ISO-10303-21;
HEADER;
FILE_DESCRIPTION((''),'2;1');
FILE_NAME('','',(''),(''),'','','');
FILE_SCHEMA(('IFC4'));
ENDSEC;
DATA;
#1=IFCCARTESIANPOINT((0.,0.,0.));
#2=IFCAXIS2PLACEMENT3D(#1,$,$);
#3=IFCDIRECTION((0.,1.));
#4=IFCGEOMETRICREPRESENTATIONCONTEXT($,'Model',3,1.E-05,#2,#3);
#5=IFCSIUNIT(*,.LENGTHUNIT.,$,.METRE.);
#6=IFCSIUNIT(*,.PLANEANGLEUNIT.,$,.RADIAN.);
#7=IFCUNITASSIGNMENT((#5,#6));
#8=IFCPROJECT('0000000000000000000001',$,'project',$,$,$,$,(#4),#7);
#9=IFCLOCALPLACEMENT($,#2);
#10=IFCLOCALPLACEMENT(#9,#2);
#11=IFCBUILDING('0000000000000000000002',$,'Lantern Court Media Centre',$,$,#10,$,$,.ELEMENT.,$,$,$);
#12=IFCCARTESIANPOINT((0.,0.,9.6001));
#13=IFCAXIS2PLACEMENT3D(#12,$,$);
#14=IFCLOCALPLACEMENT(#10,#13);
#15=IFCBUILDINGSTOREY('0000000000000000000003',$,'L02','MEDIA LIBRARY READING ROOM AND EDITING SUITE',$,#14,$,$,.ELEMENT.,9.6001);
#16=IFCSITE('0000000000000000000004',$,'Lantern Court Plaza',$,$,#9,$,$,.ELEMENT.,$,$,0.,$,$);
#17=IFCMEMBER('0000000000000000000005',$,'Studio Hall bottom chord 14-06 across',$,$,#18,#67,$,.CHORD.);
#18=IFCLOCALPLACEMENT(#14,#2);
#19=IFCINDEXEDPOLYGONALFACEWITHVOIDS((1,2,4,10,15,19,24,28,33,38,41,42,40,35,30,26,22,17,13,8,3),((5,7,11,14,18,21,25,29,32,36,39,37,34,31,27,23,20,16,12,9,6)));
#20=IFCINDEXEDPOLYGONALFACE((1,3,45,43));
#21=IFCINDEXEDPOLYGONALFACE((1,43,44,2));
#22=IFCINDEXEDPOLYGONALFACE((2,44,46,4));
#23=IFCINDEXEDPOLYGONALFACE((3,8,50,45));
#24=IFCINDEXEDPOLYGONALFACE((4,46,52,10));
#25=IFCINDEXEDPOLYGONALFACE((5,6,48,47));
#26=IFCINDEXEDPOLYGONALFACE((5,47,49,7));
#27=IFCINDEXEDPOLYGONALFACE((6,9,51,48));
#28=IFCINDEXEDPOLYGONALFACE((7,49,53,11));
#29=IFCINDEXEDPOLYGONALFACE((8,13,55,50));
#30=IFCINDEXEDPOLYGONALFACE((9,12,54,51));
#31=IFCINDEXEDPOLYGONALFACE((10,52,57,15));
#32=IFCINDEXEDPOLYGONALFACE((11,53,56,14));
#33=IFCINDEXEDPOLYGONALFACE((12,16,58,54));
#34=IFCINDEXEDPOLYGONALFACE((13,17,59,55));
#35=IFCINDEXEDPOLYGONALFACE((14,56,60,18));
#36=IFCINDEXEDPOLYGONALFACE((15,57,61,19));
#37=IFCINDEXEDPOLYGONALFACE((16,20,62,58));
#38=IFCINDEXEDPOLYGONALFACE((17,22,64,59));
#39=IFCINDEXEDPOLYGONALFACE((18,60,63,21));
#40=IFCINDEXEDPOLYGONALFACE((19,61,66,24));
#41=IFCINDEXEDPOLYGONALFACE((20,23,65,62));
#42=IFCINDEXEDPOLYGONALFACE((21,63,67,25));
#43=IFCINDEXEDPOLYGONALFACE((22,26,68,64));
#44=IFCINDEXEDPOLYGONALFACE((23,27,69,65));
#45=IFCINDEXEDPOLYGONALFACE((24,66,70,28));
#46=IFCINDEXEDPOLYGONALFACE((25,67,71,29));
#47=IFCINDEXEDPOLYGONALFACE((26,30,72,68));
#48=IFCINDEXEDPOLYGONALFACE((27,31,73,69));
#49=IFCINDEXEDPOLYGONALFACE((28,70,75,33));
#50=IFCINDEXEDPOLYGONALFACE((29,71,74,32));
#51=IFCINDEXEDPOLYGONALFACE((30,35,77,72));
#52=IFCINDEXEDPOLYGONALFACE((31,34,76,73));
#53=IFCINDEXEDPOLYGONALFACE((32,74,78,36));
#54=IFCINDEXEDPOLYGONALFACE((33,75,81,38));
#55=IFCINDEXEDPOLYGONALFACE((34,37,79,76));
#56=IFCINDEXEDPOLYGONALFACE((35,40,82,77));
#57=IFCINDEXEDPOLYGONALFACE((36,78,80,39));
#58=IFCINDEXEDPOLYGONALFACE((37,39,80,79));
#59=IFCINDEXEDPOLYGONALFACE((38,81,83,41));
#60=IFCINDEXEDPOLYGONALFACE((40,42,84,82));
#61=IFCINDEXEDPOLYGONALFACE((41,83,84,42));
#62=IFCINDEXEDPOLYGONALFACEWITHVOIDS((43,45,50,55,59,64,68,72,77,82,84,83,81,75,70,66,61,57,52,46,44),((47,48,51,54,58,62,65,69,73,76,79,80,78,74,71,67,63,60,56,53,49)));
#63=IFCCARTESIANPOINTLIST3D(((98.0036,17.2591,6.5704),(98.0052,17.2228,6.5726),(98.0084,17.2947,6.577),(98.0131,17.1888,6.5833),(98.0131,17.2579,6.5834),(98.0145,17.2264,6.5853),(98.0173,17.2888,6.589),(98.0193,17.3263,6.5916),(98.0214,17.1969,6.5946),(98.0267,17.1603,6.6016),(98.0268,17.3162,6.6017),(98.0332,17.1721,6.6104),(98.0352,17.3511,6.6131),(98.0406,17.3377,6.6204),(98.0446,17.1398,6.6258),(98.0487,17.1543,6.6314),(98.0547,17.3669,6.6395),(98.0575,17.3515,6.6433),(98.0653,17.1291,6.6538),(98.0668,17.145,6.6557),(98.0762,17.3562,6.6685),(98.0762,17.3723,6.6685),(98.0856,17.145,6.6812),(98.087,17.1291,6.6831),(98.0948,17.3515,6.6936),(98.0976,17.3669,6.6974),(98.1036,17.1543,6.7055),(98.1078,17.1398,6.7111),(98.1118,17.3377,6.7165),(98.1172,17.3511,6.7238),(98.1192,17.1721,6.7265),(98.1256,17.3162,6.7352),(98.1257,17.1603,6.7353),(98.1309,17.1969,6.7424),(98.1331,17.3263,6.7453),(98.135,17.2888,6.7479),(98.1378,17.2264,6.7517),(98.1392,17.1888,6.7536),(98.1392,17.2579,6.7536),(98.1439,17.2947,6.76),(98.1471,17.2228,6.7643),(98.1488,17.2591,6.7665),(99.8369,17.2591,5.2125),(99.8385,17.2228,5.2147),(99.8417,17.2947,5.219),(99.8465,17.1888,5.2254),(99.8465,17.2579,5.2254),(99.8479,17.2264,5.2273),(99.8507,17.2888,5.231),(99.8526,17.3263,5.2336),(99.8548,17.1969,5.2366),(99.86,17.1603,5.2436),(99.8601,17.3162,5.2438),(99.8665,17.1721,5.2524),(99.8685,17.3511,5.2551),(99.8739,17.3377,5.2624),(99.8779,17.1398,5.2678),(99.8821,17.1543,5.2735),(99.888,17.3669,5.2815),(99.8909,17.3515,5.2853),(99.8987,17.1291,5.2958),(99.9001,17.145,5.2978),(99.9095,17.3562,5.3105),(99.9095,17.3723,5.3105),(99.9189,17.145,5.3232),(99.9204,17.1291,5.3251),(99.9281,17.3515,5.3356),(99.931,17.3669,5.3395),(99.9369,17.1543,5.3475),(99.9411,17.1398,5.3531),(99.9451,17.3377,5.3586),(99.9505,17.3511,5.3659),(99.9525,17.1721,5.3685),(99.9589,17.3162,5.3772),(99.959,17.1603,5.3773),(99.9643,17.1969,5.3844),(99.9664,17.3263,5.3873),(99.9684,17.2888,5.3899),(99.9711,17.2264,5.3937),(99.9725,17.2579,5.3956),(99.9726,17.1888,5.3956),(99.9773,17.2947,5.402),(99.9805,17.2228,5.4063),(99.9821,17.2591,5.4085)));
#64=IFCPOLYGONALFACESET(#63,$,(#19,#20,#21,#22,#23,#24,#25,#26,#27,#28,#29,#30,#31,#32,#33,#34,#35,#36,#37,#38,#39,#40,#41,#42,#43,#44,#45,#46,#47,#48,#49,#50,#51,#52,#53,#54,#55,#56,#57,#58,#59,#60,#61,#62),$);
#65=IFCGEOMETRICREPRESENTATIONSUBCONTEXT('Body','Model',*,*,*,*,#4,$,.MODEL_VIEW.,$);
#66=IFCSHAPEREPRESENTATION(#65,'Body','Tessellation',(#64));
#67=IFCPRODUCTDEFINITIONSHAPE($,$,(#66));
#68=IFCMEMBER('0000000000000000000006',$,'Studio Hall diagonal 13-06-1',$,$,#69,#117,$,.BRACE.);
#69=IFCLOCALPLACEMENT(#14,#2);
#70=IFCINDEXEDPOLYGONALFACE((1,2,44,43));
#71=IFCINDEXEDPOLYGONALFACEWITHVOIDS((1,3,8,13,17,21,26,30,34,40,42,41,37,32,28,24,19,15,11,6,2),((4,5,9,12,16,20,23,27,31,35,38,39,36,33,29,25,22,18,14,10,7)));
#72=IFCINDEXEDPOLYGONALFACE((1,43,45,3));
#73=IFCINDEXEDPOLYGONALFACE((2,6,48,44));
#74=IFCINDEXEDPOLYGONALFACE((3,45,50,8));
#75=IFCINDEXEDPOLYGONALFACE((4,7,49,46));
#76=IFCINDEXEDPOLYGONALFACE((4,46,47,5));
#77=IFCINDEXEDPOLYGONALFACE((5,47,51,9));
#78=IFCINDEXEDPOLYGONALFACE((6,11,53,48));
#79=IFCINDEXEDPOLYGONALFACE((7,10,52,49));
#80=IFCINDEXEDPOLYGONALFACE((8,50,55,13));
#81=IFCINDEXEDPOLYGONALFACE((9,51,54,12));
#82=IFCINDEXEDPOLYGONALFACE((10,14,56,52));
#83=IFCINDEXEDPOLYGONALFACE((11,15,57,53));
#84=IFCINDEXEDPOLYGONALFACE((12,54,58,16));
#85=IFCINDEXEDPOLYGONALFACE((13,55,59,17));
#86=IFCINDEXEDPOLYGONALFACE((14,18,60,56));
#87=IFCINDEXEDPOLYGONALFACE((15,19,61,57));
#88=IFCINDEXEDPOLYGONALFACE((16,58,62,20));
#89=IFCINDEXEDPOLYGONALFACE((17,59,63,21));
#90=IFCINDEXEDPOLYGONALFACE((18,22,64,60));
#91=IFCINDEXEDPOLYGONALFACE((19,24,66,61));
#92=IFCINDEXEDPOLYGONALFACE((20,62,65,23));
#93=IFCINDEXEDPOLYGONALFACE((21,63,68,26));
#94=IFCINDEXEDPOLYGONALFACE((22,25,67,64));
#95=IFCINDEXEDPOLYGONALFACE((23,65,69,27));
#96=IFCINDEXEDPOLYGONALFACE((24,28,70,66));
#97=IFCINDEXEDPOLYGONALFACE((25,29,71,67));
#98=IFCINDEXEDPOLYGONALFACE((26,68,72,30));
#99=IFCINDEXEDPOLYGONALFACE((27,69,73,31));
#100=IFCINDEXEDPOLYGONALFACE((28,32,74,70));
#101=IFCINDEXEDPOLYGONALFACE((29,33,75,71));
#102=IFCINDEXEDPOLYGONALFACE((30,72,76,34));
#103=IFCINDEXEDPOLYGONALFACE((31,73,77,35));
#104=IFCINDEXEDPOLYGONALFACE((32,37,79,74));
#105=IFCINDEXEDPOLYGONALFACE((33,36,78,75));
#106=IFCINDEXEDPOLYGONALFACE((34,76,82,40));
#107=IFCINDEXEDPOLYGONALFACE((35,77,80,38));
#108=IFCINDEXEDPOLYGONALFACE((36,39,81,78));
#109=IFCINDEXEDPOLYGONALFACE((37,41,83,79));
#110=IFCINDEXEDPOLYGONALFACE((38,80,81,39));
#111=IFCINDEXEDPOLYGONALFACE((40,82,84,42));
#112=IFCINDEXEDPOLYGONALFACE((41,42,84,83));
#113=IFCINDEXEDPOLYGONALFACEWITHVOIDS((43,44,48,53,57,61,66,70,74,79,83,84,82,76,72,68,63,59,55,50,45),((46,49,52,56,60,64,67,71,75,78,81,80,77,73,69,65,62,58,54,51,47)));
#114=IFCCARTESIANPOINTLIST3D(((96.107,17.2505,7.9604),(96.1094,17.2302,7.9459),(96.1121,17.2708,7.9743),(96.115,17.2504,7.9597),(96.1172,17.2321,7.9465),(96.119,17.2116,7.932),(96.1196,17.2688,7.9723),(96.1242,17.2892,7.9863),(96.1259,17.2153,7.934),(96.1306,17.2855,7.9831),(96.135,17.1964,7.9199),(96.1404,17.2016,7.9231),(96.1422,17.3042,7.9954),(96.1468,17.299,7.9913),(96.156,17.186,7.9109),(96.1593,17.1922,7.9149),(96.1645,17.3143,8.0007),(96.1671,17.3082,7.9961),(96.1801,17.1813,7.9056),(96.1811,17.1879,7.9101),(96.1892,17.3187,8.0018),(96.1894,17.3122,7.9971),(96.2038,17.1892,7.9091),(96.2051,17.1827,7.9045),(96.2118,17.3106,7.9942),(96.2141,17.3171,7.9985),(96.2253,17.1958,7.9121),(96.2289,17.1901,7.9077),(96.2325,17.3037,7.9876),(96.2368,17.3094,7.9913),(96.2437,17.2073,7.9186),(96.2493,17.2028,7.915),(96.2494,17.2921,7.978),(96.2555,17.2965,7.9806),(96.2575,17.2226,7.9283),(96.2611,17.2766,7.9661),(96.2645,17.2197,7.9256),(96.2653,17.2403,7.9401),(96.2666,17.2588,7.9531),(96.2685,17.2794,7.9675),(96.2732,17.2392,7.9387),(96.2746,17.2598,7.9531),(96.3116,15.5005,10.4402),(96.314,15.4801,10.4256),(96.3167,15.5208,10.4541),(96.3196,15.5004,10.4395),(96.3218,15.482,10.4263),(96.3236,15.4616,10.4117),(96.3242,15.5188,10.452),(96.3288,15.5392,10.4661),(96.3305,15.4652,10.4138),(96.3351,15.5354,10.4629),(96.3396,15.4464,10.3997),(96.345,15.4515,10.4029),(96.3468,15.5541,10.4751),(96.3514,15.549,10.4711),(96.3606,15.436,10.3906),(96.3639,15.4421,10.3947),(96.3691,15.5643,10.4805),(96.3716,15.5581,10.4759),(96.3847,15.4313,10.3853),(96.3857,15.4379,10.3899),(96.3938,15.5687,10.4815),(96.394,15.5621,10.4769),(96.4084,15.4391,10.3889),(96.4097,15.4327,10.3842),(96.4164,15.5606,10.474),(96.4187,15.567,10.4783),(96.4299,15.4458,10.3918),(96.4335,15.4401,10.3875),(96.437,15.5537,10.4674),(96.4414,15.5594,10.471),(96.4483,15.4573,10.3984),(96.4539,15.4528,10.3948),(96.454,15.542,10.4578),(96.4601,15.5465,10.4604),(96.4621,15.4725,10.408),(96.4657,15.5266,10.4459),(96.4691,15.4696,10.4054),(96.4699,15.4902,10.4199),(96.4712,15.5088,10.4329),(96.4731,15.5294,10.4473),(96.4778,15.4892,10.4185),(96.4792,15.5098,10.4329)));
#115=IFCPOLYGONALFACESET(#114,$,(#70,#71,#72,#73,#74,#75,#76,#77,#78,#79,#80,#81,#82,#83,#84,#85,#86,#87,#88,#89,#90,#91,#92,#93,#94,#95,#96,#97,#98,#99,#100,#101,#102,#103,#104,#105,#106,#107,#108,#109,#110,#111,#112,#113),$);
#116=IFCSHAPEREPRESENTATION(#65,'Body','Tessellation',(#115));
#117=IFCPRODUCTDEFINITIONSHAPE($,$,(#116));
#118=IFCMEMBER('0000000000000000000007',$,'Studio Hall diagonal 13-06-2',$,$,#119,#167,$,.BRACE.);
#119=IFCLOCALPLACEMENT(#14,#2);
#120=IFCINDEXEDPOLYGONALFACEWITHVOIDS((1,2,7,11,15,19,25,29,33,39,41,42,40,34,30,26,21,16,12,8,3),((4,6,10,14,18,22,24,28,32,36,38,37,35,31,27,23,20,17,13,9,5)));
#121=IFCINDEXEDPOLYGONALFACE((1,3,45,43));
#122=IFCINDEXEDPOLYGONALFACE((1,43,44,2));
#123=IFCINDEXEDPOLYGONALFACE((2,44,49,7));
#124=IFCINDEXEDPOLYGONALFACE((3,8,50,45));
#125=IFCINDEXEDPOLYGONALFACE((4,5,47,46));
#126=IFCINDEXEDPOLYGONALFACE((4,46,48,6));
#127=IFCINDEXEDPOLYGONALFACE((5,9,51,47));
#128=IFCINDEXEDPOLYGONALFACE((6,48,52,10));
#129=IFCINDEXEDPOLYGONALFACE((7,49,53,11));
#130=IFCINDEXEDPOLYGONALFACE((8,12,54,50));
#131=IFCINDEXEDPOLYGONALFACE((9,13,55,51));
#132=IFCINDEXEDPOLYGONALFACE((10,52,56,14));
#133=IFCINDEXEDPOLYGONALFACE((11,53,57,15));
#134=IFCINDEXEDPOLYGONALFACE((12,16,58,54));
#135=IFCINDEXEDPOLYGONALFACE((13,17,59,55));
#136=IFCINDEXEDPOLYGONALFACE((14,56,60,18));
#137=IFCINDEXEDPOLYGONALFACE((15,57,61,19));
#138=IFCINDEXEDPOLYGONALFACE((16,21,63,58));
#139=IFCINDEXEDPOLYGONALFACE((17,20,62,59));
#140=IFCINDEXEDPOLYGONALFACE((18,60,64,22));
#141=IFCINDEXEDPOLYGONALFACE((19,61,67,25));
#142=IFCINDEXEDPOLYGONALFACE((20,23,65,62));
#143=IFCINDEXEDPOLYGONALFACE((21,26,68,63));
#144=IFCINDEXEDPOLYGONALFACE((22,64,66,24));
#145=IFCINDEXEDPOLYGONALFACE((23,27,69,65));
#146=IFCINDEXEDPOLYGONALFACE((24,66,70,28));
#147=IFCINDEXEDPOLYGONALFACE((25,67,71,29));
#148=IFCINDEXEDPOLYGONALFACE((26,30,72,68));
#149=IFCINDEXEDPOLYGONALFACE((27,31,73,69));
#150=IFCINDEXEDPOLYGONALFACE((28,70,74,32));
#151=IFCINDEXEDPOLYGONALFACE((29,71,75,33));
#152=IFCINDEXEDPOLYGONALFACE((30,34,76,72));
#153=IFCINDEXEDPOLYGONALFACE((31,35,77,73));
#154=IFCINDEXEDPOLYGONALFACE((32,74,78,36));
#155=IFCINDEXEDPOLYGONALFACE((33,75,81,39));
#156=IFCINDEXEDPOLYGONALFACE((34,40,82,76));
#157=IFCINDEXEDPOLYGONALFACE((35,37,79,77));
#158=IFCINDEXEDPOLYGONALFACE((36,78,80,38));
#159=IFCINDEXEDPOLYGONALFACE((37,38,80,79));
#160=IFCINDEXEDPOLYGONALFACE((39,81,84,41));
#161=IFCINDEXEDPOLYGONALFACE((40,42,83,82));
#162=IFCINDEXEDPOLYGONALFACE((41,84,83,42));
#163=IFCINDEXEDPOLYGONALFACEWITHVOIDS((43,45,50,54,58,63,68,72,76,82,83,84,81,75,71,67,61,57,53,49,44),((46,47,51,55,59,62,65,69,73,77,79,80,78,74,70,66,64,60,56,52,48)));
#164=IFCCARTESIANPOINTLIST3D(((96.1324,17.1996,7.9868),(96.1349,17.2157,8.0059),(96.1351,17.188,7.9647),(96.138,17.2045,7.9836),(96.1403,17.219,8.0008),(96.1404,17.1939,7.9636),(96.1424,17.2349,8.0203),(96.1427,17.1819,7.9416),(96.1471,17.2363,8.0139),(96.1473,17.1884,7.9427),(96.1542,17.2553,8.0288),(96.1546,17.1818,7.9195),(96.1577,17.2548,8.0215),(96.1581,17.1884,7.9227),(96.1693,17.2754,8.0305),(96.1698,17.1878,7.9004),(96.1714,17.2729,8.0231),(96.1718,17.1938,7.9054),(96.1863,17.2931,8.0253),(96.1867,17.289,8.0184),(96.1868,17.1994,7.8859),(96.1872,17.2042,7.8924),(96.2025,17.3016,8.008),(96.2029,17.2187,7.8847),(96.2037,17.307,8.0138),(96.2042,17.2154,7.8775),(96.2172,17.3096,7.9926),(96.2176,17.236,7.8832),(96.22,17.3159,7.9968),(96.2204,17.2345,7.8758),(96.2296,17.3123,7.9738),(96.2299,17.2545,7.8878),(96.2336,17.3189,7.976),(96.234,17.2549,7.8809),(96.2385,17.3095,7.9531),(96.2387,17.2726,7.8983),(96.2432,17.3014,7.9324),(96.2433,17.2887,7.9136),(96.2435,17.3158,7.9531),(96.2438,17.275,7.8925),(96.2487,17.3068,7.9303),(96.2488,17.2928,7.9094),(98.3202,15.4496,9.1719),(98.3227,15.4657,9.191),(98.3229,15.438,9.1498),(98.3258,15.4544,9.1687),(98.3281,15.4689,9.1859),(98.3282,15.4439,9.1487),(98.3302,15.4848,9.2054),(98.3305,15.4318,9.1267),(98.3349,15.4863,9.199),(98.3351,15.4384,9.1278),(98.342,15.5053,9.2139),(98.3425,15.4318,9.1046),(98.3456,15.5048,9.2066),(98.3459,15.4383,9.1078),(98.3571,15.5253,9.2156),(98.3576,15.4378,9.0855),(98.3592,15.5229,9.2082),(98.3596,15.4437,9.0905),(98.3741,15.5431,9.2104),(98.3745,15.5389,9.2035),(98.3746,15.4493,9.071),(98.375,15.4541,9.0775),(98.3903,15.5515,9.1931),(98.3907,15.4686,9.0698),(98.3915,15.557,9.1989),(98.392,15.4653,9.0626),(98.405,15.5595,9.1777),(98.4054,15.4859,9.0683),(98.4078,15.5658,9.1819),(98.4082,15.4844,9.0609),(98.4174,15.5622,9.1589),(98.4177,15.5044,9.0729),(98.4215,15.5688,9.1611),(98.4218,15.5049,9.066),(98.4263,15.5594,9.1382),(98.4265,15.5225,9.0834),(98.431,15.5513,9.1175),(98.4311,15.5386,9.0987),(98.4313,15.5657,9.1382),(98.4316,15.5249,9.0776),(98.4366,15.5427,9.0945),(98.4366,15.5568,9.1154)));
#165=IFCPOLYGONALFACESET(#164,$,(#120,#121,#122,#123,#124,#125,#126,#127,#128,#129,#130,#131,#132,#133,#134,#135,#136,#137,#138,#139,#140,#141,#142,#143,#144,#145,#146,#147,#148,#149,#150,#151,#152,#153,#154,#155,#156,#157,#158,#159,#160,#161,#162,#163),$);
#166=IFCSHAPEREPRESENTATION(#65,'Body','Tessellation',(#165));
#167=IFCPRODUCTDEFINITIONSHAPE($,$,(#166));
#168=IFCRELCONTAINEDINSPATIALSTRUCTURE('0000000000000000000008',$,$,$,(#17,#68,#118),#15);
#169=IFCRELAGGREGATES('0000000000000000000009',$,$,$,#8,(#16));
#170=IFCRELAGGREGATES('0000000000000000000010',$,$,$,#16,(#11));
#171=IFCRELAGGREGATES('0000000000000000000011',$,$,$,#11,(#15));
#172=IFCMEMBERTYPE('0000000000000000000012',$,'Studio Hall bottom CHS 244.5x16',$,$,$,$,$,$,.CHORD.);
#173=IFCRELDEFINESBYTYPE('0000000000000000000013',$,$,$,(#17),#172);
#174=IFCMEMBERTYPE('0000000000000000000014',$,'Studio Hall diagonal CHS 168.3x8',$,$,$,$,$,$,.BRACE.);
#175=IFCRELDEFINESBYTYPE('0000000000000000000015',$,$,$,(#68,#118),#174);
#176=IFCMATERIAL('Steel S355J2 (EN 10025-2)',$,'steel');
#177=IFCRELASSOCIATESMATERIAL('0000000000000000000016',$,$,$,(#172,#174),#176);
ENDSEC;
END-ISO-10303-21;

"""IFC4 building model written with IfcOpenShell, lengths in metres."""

from ifc_helpers import new_model, si_unit, direction, frame, origin, origin_2d, place, context, subcontext, project, spatial, hollow_circle, extrude, material, material_profile, profile_set, type_object, element, save


model = new_model("IFC4")

# Units and contexts
model_context = context("Model", 3, precision=1e-05, world=origin(), true_north=direction((0.0, 1.0)))
body_context = subcontext(model_context, "Body", "Model", "MODEL_VIEW")
ifc_project = project(units=[si_unit("LENGTHUNIT", "METRE"), si_unit("PLANEANGLEUNIT", "RADIAN")], contexts=[model_context])

# Site, building, storey
site_placement = place(None, origin())
site = spatial("IfcSite", under=ifc_project, at=site_placement, Name="Lantern Court Plaza", CompositionType="ELEMENT", RefElevation=0.0)
building_placement = place(site_placement, origin())
building = spatial("IfcBuilding", under=site, at=building_placement, Name="Lantern Court Media Centre", CompositionType="ELEMENT")
storey_placement = place(building_placement, frame((0.0, 0.0, 9.6001)))
storey = spatial("IfcBuildingStorey", under=building, at=storey_placement, Name="L02", Description="MEDIA LIBRARY READING ROOM AND EDITING SUITE", CompositionType="ELEMENT", Elevation=9.6001)

# Members
ifc_material = material(Name="Steel S355J2 (EN 10025-2)", Category="steel")
ifc_material_profile_1 = material_profile(ifc_material, hollow_circle(Radius=0.1223, WallThickness=0.0161, at=origin_2d()), Name="Studio Hall bottom CHS 244.5x16")
ifc_profile_set_1 = profile_set([ifc_material_profile_1], Name="Steel S355J2 (EN 10025-2)")
member_type_1 = type_object("IfcMemberType", Name="Studio Hall bottom CHS 244.5x16", PredefinedType="CHORD", material=ifc_profile_set_1)
member_1_placement = place(storey_placement, frame((98.0762, 17.25, 6.6685), z_axis=(0.803569, 0.0, -0.595212), x_axis=(0.0, 1.0, 0.0)))
element("IfcMember", 1, at=member_1_placement, inside=storey, type_object=member_type_1, Name="Studio Hall bottom chord 14-06 across", PredefinedType="CHORD", context=body_context, shape_type="SweptSolid", body=[
    extrude(hollow_circle(Radius=0.1223, WallThickness=0.0161, at=origin_2d()), origin(), (0.0, 0.0, 1.0), 2.2815),
])
ifc_material_profile_2 = material_profile(ifc_material, hollow_circle(Radius=0.0842, WallThickness=0.0081, at=origin_2d()), Name="Studio Hall diagonal CHS 168.3x8")
ifc_profile_set_2 = profile_set([ifc_material_profile_2], Name="Steel S355J2 (EN 10025-2)")
member_type_2 = type_object("IfcMemberType", Name="Studio Hall diagonal CHS 168.3x8", PredefinedType="BRACE", material=ifc_profile_set_2)
for number, where, z_axis, x_axis, name in (
    (2, (96.1909, 17.25, 7.9531), (0.067256, -0.575289, 0.81518), (0.993235, 0.116118, 0.0), "Studio Hall diagonal 13-06-1"),
    (3, (96.1909, 17.25, 7.9531), (0.719206, -0.5753, 0.38958), (0.624653, 0.780903, 0.0), "Studio Hall diagonal 13-06-2"),
):
    element("IfcMember", number, at=place(storey_placement, frame(where, z_axis=z_axis, x_axis=x_axis)), inside=storey, type_object=member_type_2, Name=name, PredefinedType="BRACE", context=body_context, shape_type="SweptSolid", body=[
        extrude(hollow_circle(Radius=0.0842, WallThickness=0.0081, at=origin_2d()), origin(), (0.0, 0.0, 1.0), 3.042),
    ])

save(model, "model.ifc")
